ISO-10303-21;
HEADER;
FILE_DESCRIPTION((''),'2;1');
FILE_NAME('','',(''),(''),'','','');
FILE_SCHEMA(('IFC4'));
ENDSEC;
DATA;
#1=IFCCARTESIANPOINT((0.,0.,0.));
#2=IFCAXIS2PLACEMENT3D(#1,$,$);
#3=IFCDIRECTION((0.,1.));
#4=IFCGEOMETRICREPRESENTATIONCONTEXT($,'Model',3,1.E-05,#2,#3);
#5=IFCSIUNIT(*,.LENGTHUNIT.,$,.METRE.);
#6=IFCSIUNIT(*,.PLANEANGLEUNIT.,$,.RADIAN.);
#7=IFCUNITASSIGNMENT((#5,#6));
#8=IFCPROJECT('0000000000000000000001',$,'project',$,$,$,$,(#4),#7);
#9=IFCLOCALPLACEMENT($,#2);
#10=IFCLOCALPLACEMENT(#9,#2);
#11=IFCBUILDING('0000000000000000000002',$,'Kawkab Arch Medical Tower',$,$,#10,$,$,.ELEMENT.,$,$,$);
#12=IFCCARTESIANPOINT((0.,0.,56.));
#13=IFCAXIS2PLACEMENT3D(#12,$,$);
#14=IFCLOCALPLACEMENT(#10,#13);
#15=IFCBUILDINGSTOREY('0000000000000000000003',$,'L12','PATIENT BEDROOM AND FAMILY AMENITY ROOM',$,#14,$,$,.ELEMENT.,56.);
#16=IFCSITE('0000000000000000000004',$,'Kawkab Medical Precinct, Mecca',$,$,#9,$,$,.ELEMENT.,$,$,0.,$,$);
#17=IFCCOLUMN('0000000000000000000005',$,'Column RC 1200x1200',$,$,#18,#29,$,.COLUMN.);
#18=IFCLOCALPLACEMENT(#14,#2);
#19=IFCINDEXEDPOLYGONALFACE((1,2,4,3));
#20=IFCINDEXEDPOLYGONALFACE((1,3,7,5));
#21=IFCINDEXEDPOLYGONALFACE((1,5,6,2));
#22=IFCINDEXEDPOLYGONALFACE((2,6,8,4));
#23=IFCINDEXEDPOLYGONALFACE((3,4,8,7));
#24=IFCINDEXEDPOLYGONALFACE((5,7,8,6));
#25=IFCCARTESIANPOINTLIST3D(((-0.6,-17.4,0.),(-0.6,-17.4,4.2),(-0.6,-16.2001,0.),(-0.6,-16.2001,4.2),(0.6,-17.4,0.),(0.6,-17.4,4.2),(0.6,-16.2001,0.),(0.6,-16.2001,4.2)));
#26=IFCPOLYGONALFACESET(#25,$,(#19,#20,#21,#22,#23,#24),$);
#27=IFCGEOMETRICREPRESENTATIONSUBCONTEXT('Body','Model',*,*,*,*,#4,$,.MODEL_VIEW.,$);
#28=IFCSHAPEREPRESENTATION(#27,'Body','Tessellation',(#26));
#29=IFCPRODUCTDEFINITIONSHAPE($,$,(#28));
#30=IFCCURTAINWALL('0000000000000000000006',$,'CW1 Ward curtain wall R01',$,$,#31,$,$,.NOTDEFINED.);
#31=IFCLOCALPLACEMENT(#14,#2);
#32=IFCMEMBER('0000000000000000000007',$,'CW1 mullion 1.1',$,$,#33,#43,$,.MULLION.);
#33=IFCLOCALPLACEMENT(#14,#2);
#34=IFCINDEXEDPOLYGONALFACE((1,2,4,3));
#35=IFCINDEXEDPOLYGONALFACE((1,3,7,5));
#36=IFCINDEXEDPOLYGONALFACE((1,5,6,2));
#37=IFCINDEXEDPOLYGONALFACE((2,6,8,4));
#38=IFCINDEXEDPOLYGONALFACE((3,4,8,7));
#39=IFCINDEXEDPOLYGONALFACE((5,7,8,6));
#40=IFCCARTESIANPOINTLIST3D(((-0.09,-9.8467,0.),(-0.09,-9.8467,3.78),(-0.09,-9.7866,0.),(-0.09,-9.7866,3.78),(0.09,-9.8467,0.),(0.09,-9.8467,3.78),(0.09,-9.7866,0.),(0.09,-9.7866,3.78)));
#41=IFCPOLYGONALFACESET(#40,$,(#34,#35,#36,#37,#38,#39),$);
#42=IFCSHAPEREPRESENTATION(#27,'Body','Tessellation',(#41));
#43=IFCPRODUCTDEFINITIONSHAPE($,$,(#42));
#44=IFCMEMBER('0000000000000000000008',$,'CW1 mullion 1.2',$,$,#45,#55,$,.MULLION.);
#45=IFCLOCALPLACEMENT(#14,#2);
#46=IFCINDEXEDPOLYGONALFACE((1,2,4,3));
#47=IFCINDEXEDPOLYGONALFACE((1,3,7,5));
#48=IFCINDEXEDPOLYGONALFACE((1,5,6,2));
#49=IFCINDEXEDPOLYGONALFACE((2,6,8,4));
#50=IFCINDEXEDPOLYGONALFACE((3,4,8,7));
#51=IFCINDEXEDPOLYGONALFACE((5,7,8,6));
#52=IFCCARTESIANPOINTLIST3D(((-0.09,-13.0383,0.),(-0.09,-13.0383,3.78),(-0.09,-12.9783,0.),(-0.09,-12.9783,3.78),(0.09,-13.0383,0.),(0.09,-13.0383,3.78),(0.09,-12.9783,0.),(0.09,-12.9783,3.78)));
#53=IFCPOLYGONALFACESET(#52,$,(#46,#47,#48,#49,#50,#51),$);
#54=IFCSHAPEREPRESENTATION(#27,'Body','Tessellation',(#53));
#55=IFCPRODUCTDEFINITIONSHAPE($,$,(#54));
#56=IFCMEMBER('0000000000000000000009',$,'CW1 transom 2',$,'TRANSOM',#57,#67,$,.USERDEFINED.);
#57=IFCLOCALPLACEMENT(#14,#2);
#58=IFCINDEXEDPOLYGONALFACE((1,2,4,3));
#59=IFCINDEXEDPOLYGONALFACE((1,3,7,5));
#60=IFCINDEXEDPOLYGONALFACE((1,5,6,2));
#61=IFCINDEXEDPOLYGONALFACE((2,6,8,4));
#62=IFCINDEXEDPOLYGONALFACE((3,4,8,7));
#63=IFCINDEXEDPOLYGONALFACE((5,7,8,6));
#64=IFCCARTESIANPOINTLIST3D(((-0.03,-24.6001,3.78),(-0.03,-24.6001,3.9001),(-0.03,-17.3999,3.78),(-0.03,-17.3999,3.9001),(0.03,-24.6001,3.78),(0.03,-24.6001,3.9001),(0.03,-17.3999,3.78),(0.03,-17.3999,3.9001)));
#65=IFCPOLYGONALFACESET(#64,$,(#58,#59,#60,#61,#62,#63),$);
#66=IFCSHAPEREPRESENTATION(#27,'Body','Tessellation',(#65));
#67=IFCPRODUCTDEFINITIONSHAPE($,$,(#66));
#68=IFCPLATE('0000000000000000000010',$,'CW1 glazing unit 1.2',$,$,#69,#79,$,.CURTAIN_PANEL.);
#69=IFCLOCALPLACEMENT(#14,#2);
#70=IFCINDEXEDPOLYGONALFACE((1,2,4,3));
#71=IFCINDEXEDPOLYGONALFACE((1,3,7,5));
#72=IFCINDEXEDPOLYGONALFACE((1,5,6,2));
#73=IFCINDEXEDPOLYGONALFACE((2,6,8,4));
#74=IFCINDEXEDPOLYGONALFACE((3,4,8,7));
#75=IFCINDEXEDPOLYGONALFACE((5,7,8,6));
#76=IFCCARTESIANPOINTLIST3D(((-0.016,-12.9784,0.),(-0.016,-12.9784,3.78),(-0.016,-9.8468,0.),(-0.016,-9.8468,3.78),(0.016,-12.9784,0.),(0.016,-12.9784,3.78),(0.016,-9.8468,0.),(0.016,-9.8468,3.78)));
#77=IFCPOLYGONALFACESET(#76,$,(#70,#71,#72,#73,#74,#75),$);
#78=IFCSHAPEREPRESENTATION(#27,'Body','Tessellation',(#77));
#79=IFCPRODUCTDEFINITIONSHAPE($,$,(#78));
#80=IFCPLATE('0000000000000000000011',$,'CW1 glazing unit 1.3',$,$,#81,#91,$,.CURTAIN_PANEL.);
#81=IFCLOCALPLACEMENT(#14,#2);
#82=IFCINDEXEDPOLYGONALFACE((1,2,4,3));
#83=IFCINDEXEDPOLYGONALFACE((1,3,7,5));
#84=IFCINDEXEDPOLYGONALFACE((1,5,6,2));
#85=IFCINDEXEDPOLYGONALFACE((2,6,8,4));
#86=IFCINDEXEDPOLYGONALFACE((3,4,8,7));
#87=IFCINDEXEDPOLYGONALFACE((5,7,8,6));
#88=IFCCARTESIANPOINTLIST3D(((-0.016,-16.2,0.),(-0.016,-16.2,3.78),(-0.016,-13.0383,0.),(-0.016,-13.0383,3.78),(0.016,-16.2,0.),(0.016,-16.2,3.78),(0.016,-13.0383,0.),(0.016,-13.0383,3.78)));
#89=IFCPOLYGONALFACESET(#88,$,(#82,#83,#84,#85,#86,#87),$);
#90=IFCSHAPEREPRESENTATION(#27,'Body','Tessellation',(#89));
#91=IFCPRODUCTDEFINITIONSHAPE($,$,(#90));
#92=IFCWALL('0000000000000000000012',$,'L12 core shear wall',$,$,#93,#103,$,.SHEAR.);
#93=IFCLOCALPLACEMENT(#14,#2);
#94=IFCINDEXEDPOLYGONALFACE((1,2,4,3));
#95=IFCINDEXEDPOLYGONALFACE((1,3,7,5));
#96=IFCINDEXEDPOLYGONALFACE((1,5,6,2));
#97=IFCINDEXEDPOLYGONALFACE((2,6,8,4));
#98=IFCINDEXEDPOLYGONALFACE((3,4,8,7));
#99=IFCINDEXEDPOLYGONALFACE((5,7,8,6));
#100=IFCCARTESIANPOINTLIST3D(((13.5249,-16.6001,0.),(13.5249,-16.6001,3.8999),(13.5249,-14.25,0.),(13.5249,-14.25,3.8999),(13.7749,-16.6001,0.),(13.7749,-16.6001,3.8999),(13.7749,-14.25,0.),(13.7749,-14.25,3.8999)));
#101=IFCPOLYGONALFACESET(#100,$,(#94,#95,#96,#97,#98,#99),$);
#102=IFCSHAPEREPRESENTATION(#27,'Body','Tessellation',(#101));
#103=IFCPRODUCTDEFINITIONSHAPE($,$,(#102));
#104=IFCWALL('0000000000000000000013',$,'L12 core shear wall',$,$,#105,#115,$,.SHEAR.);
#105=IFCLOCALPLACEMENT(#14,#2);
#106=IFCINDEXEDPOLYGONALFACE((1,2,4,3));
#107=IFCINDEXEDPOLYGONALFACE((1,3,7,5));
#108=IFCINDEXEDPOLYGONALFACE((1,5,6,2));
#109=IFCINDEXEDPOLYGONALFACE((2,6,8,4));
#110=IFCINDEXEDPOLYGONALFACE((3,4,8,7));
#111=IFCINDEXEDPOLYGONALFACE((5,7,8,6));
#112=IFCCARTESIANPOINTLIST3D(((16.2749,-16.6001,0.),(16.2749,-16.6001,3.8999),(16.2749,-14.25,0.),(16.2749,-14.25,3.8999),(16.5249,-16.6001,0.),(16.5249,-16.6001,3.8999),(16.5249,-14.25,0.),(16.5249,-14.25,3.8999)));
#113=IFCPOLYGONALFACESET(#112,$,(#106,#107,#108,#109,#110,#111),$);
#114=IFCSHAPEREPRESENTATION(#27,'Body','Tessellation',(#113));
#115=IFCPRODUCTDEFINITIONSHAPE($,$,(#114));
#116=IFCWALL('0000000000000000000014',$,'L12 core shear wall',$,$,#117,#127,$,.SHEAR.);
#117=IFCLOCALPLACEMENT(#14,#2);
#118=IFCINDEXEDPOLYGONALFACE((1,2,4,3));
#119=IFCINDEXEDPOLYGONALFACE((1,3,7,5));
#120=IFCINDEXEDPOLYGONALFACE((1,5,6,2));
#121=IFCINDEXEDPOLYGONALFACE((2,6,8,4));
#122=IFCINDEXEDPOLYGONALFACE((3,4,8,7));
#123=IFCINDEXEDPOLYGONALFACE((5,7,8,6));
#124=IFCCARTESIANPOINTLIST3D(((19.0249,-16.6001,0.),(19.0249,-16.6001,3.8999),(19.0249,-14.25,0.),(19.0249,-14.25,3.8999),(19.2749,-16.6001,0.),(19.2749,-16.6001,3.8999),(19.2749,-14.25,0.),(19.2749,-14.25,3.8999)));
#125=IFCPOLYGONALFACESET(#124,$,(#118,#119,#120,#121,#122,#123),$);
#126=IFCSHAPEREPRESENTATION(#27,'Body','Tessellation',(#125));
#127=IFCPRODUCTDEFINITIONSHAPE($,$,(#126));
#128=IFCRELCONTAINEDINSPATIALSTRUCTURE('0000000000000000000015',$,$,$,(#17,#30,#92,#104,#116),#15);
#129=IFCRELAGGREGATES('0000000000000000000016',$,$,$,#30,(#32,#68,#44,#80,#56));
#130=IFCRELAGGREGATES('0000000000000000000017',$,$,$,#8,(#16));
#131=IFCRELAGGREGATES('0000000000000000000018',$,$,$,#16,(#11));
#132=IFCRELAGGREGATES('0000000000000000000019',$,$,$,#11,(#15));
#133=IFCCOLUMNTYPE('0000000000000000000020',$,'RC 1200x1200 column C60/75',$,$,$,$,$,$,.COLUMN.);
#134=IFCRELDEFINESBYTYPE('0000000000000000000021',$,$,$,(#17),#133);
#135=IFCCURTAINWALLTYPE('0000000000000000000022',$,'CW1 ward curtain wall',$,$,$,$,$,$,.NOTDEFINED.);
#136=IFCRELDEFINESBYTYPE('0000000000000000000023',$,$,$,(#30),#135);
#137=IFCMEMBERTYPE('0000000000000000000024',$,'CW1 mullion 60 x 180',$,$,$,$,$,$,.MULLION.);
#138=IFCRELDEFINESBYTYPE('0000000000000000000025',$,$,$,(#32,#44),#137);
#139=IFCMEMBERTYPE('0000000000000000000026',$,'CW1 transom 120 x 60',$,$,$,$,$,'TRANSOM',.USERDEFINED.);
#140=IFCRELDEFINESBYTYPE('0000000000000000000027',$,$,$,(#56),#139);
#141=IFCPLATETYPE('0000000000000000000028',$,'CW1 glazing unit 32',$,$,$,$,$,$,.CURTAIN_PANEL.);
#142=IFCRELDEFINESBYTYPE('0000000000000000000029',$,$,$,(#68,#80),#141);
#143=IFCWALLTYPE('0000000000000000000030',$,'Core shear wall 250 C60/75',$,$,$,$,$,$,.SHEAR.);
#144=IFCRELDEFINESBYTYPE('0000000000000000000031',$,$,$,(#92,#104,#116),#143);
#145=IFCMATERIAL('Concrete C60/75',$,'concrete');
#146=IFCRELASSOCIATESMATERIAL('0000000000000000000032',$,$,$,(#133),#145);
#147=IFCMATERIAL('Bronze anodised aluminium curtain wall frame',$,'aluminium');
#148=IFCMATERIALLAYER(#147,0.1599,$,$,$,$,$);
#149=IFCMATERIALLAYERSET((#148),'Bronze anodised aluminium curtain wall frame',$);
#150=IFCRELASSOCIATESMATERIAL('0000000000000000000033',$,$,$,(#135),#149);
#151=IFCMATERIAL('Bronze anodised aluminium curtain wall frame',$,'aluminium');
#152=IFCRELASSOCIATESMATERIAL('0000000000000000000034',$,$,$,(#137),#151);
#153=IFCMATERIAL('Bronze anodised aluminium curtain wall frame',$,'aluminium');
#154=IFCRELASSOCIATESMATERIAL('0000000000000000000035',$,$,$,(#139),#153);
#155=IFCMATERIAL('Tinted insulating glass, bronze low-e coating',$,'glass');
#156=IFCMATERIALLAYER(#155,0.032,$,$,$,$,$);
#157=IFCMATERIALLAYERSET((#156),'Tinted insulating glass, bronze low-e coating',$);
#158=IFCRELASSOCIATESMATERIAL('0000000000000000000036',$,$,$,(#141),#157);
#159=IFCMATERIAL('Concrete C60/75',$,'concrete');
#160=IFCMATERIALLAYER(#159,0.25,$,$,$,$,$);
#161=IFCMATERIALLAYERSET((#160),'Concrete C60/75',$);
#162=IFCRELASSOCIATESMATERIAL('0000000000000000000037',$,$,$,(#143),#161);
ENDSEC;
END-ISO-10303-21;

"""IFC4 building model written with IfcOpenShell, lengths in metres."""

from ifc_helpers import new_model, si_unit, direction, frame, frame_2d, origin, origin_2d, place, context, subcontext, project, spatial, rectangle, extrude, material, layer, layer_set, material_profile, profile_set, type_object, element, aggregate, save


model = new_model("IFC4")

# Units and contexts
model_context = context("Model", 3, precision=1e-05, world=origin(), true_north=direction((0.0, 1.0)))
body_context = subcontext(model_context, "Body", "Model", "MODEL_VIEW")
ifc_project = project(units=[si_unit("LENGTHUNIT", "METRE"), si_unit("PLANEANGLEUNIT", "RADIAN")], contexts=[model_context])

# Site, building, storey
site_placement = place(None, origin())
site = spatial("IfcSite", under=ifc_project, at=site_placement, Name="Kawkab Medical Precinct, Mecca", CompositionType="ELEMENT", RefElevation=0.0)
building_placement = place(site_placement, origin())
building = spatial("IfcBuilding", under=site, at=building_placement, Name="Kawkab Arch Medical Tower", CompositionType="ELEMENT")
storey_placement = place(building_placement, frame((0.0, 0.0, 56.0)))
storey = spatial("IfcBuildingStorey", under=building, at=storey_placement, Name="L12", Description="PATIENT BEDROOM AND FAMILY AMENITY ROOM", CompositionType="ELEMENT", Elevation=56.0)

# Column
ifc_material_1 = material(Name="Concrete C60/75", Category="concrete")
ifc_material_profile_1 = material_profile(ifc_material_1, rectangle(XDim=1.2, YDim=1.2, at=origin_2d()), Name="RC 1200x1200")
ifc_profile_set_1 = profile_set([ifc_material_profile_1], Name="Concrete C60/75")
column_type = type_object("IfcColumnType", Name="RC 1200x1200 column C60/75", PredefinedType="COLUMN", material=ifc_profile_set_1)
column_placement = place(storey_placement, frame((0.0, -16.8, 0.0), z_axis=(0.0, 0.0, 1.0), x_axis=(1.0, 0.0, 0.0)))
element("IfcColumn", 1, at=column_placement, inside=storey, type_object=column_type, Name="Column RC 1200x1200", PredefinedType="COLUMN", context=body_context, shape_type="SweptSolid", body=[
    extrude(rectangle(XDim=1.2, YDim=1.2, at=origin_2d()), origin(), (0.0, 0.0, 1.0), 4.2),
])

# Curtain wall, members, plates
ifc_material_2 = material(Name="Bronze anodised aluminium curtain wall frame", Category="aluminium")
ifc_layer_1 = layer(ifc_material_2, 0.1599)
ifc_layer_set_1 = layer_set([ifc_layer_1], Name="Bronze anodised aluminium curtain wall frame")
curtain_wall_type = type_object("IfcCurtainWallType", Name="CW1 ward curtain wall", PredefinedType="NOTDEFINED", material=ifc_layer_set_1)
placement = place(storey_placement, origin())
curtain_wall = element("IfcCurtainWall", 2, at=placement, inside=storey, type_object=curtain_wall_type, Name="CW1 Ward curtain wall R01", PredefinedType="NOTDEFINED")
ifc_material_3 = material(Name="Bronze anodised aluminium curtain wall frame", Category="aluminium")
ifc_material_profile_2 = material_profile(ifc_material_3, rectangle(XDim=0.1799, YDim=0.0601, at=origin_2d()), Name="AL 60x180")
ifc_profile_set_2 = profile_set([ifc_material_profile_2], Name="Bronze anodised aluminium curtain wall frame")
member_type_1 = type_object("IfcMemberType", Name="CW1 mullion 60 x 180", PredefinedType="MULLION", material=ifc_profile_set_2)
member_1_placement = place(storey_placement, frame((0.0, -9.8167, 0.0), z_axis=(0.0, 0.0, 1.0), x_axis=(1.0, 0.0, 0.0)))
member_1 = element("IfcMember", 3, at=member_1_placement, type_object=member_type_1, Name="CW1 mullion 1.1", PredefinedType="MULLION", context=body_context, shape_type="SweptSolid", body=[
    extrude(rectangle(XDim=0.1799, YDim=0.0601, at=origin_2d()), origin(), (0.0, 0.0, 1.0), 3.78),
])
member_2_placement = place(storey_placement, frame((0.0, -13.0083, 0.0), z_axis=(0.0, 0.0, 1.0), x_axis=(1.0, 0.0, 0.0)))
member_2 = element("IfcMember", 4, at=member_2_placement, type_object=member_type_1, Name="CW1 mullion 1.2", PredefinedType="MULLION", context=body_context, shape_type="SweptSolid", body=[
    extrude(rectangle(XDim=0.1799, YDim=0.0601, at=origin_2d()), origin(), (0.0, 0.0, 1.0), 3.78),
])
ifc_material_4 = material(Name="Bronze anodised aluminium curtain wall frame", Category="aluminium")
ifc_material_profile_3 = material_profile(ifc_material_4, rectangle(XDim=0.0601, YDim=0.1201, at=origin_2d()), Name="AL 60x120")
ifc_profile_set_3 = profile_set([ifc_material_profile_3], Name="Bronze anodised aluminium curtain wall frame")
member_type_2 = type_object("IfcMemberType", Name="CW1 transom 120 x 60", ElementType="TRANSOM", PredefinedType="USERDEFINED", material=ifc_profile_set_3)
member_3_placement = place(storey_placement, frame((0.0, -17.3999, 3.8401), z_axis=(0.0, -1.0, 0.0), x_axis=(1.0, 0.0, 0.0)))
member_3 = element("IfcMember", 5, at=member_3_placement, type_object=member_type_2, Name="CW1 transom 2", ObjectType="TRANSOM", PredefinedType="USERDEFINED", context=body_context, shape_type="SweptSolid", body=[
    extrude(rectangle(XDim=0.0601, YDim=0.1201, at=origin_2d()), origin(), (0.0, 0.0, 1.0), 7.2002),
])
ifc_material_5 = material(Name="Tinted insulating glass, bronze low-e coating", Category="glass")
ifc_layer_2 = layer(ifc_material_5, 0.032)
ifc_layer_set_2 = layer_set([ifc_layer_2], Name="Tinted insulating glass, bronze low-e coating")
plate_type = type_object("IfcPlateType", Name="CW1 glazing unit 32", PredefinedType="CURTAIN_PANEL", material=ifc_layer_set_2)
plate_1_placement = place(storey_placement, frame((0.0, -11.4126, 0.0), z_axis=(0.0, 0.0, 1.0), x_axis=(0.0, -1.0, 0.0)))
plate_1 = element("IfcPlate", 6, at=plate_1_placement, type_object=plate_type, Name="CW1 glazing unit 1.2", PredefinedType="CURTAIN_PANEL", context=body_context, shape_type="SweptSolid", body=[
    extrude(rectangle(XDim=3.1316, YDim=0.032, at=origin_2d()), origin(), (0.0, 0.0, 1.0), 3.78),
])
plate_2_placement = place(storey_placement, frame((0.0, -14.6191, 0.0), z_axis=(0.0, 0.0, 1.0), x_axis=(0.0, -1.0, 0.0)))
plate_2 = element("IfcPlate", 7, at=plate_2_placement, type_object=plate_type, Name="CW1 glazing unit 1.3", PredefinedType="CURTAIN_PANEL", context=body_context, shape_type="SweptSolid", body=[
    extrude(rectangle(XDim=3.1616, YDim=0.032, at=origin_2d()), origin(), (0.0, 0.0, 1.0), 3.78),
])
aggregate(curtain_wall, [member_1, plate_1, member_2, plate_2, member_3])

# Walls
ifc_material_6 = material(Name="Concrete C60/75", Category="concrete")
ifc_layer_3 = layer(ifc_material_6, 0.25)
ifc_layer_set_3 = layer_set([ifc_layer_3], Name="Concrete C60/75")
wall_type_1 = type_object("IfcWallType", Name="Core shear wall 250 C60/75", PredefinedType="SHEAR", material=ifc_layer_set_3)
for number, where, z_axis, x_axis, name in (
    (8, (13.6499, -16.6001, 0.0), (0.0, 0.0, 1.0), (0.0, 1.0, 0.0), "L12 core shear wall"),
    (9, (16.3999, -16.6001, 0.0), (0.0, 0.0, 1.0), (0.0, 1.0, 0.0), "L12 core shear wall"),
    (10, (19.1499, -16.6001, 0.0), (0.0, 0.0, 1.0), (0.0, 1.0, 0.0), "L12 core shear wall"),
):
    element("IfcWall", number, at=place(storey_placement, frame(where, z_axis=z_axis, x_axis=x_axis)), inside=storey, type_object=wall_type_1, Name=name, PredefinedType="SHEAR", context=body_context, shape_type="SweptSolid", body=[
        extrude(rectangle(XDim=2.3501, YDim=0.25, at=frame_2d((1.175, 0.0))), origin(), (0.0, 0.0, 1.0), 3.8999),
    ])

save(model, "model.ifc")
